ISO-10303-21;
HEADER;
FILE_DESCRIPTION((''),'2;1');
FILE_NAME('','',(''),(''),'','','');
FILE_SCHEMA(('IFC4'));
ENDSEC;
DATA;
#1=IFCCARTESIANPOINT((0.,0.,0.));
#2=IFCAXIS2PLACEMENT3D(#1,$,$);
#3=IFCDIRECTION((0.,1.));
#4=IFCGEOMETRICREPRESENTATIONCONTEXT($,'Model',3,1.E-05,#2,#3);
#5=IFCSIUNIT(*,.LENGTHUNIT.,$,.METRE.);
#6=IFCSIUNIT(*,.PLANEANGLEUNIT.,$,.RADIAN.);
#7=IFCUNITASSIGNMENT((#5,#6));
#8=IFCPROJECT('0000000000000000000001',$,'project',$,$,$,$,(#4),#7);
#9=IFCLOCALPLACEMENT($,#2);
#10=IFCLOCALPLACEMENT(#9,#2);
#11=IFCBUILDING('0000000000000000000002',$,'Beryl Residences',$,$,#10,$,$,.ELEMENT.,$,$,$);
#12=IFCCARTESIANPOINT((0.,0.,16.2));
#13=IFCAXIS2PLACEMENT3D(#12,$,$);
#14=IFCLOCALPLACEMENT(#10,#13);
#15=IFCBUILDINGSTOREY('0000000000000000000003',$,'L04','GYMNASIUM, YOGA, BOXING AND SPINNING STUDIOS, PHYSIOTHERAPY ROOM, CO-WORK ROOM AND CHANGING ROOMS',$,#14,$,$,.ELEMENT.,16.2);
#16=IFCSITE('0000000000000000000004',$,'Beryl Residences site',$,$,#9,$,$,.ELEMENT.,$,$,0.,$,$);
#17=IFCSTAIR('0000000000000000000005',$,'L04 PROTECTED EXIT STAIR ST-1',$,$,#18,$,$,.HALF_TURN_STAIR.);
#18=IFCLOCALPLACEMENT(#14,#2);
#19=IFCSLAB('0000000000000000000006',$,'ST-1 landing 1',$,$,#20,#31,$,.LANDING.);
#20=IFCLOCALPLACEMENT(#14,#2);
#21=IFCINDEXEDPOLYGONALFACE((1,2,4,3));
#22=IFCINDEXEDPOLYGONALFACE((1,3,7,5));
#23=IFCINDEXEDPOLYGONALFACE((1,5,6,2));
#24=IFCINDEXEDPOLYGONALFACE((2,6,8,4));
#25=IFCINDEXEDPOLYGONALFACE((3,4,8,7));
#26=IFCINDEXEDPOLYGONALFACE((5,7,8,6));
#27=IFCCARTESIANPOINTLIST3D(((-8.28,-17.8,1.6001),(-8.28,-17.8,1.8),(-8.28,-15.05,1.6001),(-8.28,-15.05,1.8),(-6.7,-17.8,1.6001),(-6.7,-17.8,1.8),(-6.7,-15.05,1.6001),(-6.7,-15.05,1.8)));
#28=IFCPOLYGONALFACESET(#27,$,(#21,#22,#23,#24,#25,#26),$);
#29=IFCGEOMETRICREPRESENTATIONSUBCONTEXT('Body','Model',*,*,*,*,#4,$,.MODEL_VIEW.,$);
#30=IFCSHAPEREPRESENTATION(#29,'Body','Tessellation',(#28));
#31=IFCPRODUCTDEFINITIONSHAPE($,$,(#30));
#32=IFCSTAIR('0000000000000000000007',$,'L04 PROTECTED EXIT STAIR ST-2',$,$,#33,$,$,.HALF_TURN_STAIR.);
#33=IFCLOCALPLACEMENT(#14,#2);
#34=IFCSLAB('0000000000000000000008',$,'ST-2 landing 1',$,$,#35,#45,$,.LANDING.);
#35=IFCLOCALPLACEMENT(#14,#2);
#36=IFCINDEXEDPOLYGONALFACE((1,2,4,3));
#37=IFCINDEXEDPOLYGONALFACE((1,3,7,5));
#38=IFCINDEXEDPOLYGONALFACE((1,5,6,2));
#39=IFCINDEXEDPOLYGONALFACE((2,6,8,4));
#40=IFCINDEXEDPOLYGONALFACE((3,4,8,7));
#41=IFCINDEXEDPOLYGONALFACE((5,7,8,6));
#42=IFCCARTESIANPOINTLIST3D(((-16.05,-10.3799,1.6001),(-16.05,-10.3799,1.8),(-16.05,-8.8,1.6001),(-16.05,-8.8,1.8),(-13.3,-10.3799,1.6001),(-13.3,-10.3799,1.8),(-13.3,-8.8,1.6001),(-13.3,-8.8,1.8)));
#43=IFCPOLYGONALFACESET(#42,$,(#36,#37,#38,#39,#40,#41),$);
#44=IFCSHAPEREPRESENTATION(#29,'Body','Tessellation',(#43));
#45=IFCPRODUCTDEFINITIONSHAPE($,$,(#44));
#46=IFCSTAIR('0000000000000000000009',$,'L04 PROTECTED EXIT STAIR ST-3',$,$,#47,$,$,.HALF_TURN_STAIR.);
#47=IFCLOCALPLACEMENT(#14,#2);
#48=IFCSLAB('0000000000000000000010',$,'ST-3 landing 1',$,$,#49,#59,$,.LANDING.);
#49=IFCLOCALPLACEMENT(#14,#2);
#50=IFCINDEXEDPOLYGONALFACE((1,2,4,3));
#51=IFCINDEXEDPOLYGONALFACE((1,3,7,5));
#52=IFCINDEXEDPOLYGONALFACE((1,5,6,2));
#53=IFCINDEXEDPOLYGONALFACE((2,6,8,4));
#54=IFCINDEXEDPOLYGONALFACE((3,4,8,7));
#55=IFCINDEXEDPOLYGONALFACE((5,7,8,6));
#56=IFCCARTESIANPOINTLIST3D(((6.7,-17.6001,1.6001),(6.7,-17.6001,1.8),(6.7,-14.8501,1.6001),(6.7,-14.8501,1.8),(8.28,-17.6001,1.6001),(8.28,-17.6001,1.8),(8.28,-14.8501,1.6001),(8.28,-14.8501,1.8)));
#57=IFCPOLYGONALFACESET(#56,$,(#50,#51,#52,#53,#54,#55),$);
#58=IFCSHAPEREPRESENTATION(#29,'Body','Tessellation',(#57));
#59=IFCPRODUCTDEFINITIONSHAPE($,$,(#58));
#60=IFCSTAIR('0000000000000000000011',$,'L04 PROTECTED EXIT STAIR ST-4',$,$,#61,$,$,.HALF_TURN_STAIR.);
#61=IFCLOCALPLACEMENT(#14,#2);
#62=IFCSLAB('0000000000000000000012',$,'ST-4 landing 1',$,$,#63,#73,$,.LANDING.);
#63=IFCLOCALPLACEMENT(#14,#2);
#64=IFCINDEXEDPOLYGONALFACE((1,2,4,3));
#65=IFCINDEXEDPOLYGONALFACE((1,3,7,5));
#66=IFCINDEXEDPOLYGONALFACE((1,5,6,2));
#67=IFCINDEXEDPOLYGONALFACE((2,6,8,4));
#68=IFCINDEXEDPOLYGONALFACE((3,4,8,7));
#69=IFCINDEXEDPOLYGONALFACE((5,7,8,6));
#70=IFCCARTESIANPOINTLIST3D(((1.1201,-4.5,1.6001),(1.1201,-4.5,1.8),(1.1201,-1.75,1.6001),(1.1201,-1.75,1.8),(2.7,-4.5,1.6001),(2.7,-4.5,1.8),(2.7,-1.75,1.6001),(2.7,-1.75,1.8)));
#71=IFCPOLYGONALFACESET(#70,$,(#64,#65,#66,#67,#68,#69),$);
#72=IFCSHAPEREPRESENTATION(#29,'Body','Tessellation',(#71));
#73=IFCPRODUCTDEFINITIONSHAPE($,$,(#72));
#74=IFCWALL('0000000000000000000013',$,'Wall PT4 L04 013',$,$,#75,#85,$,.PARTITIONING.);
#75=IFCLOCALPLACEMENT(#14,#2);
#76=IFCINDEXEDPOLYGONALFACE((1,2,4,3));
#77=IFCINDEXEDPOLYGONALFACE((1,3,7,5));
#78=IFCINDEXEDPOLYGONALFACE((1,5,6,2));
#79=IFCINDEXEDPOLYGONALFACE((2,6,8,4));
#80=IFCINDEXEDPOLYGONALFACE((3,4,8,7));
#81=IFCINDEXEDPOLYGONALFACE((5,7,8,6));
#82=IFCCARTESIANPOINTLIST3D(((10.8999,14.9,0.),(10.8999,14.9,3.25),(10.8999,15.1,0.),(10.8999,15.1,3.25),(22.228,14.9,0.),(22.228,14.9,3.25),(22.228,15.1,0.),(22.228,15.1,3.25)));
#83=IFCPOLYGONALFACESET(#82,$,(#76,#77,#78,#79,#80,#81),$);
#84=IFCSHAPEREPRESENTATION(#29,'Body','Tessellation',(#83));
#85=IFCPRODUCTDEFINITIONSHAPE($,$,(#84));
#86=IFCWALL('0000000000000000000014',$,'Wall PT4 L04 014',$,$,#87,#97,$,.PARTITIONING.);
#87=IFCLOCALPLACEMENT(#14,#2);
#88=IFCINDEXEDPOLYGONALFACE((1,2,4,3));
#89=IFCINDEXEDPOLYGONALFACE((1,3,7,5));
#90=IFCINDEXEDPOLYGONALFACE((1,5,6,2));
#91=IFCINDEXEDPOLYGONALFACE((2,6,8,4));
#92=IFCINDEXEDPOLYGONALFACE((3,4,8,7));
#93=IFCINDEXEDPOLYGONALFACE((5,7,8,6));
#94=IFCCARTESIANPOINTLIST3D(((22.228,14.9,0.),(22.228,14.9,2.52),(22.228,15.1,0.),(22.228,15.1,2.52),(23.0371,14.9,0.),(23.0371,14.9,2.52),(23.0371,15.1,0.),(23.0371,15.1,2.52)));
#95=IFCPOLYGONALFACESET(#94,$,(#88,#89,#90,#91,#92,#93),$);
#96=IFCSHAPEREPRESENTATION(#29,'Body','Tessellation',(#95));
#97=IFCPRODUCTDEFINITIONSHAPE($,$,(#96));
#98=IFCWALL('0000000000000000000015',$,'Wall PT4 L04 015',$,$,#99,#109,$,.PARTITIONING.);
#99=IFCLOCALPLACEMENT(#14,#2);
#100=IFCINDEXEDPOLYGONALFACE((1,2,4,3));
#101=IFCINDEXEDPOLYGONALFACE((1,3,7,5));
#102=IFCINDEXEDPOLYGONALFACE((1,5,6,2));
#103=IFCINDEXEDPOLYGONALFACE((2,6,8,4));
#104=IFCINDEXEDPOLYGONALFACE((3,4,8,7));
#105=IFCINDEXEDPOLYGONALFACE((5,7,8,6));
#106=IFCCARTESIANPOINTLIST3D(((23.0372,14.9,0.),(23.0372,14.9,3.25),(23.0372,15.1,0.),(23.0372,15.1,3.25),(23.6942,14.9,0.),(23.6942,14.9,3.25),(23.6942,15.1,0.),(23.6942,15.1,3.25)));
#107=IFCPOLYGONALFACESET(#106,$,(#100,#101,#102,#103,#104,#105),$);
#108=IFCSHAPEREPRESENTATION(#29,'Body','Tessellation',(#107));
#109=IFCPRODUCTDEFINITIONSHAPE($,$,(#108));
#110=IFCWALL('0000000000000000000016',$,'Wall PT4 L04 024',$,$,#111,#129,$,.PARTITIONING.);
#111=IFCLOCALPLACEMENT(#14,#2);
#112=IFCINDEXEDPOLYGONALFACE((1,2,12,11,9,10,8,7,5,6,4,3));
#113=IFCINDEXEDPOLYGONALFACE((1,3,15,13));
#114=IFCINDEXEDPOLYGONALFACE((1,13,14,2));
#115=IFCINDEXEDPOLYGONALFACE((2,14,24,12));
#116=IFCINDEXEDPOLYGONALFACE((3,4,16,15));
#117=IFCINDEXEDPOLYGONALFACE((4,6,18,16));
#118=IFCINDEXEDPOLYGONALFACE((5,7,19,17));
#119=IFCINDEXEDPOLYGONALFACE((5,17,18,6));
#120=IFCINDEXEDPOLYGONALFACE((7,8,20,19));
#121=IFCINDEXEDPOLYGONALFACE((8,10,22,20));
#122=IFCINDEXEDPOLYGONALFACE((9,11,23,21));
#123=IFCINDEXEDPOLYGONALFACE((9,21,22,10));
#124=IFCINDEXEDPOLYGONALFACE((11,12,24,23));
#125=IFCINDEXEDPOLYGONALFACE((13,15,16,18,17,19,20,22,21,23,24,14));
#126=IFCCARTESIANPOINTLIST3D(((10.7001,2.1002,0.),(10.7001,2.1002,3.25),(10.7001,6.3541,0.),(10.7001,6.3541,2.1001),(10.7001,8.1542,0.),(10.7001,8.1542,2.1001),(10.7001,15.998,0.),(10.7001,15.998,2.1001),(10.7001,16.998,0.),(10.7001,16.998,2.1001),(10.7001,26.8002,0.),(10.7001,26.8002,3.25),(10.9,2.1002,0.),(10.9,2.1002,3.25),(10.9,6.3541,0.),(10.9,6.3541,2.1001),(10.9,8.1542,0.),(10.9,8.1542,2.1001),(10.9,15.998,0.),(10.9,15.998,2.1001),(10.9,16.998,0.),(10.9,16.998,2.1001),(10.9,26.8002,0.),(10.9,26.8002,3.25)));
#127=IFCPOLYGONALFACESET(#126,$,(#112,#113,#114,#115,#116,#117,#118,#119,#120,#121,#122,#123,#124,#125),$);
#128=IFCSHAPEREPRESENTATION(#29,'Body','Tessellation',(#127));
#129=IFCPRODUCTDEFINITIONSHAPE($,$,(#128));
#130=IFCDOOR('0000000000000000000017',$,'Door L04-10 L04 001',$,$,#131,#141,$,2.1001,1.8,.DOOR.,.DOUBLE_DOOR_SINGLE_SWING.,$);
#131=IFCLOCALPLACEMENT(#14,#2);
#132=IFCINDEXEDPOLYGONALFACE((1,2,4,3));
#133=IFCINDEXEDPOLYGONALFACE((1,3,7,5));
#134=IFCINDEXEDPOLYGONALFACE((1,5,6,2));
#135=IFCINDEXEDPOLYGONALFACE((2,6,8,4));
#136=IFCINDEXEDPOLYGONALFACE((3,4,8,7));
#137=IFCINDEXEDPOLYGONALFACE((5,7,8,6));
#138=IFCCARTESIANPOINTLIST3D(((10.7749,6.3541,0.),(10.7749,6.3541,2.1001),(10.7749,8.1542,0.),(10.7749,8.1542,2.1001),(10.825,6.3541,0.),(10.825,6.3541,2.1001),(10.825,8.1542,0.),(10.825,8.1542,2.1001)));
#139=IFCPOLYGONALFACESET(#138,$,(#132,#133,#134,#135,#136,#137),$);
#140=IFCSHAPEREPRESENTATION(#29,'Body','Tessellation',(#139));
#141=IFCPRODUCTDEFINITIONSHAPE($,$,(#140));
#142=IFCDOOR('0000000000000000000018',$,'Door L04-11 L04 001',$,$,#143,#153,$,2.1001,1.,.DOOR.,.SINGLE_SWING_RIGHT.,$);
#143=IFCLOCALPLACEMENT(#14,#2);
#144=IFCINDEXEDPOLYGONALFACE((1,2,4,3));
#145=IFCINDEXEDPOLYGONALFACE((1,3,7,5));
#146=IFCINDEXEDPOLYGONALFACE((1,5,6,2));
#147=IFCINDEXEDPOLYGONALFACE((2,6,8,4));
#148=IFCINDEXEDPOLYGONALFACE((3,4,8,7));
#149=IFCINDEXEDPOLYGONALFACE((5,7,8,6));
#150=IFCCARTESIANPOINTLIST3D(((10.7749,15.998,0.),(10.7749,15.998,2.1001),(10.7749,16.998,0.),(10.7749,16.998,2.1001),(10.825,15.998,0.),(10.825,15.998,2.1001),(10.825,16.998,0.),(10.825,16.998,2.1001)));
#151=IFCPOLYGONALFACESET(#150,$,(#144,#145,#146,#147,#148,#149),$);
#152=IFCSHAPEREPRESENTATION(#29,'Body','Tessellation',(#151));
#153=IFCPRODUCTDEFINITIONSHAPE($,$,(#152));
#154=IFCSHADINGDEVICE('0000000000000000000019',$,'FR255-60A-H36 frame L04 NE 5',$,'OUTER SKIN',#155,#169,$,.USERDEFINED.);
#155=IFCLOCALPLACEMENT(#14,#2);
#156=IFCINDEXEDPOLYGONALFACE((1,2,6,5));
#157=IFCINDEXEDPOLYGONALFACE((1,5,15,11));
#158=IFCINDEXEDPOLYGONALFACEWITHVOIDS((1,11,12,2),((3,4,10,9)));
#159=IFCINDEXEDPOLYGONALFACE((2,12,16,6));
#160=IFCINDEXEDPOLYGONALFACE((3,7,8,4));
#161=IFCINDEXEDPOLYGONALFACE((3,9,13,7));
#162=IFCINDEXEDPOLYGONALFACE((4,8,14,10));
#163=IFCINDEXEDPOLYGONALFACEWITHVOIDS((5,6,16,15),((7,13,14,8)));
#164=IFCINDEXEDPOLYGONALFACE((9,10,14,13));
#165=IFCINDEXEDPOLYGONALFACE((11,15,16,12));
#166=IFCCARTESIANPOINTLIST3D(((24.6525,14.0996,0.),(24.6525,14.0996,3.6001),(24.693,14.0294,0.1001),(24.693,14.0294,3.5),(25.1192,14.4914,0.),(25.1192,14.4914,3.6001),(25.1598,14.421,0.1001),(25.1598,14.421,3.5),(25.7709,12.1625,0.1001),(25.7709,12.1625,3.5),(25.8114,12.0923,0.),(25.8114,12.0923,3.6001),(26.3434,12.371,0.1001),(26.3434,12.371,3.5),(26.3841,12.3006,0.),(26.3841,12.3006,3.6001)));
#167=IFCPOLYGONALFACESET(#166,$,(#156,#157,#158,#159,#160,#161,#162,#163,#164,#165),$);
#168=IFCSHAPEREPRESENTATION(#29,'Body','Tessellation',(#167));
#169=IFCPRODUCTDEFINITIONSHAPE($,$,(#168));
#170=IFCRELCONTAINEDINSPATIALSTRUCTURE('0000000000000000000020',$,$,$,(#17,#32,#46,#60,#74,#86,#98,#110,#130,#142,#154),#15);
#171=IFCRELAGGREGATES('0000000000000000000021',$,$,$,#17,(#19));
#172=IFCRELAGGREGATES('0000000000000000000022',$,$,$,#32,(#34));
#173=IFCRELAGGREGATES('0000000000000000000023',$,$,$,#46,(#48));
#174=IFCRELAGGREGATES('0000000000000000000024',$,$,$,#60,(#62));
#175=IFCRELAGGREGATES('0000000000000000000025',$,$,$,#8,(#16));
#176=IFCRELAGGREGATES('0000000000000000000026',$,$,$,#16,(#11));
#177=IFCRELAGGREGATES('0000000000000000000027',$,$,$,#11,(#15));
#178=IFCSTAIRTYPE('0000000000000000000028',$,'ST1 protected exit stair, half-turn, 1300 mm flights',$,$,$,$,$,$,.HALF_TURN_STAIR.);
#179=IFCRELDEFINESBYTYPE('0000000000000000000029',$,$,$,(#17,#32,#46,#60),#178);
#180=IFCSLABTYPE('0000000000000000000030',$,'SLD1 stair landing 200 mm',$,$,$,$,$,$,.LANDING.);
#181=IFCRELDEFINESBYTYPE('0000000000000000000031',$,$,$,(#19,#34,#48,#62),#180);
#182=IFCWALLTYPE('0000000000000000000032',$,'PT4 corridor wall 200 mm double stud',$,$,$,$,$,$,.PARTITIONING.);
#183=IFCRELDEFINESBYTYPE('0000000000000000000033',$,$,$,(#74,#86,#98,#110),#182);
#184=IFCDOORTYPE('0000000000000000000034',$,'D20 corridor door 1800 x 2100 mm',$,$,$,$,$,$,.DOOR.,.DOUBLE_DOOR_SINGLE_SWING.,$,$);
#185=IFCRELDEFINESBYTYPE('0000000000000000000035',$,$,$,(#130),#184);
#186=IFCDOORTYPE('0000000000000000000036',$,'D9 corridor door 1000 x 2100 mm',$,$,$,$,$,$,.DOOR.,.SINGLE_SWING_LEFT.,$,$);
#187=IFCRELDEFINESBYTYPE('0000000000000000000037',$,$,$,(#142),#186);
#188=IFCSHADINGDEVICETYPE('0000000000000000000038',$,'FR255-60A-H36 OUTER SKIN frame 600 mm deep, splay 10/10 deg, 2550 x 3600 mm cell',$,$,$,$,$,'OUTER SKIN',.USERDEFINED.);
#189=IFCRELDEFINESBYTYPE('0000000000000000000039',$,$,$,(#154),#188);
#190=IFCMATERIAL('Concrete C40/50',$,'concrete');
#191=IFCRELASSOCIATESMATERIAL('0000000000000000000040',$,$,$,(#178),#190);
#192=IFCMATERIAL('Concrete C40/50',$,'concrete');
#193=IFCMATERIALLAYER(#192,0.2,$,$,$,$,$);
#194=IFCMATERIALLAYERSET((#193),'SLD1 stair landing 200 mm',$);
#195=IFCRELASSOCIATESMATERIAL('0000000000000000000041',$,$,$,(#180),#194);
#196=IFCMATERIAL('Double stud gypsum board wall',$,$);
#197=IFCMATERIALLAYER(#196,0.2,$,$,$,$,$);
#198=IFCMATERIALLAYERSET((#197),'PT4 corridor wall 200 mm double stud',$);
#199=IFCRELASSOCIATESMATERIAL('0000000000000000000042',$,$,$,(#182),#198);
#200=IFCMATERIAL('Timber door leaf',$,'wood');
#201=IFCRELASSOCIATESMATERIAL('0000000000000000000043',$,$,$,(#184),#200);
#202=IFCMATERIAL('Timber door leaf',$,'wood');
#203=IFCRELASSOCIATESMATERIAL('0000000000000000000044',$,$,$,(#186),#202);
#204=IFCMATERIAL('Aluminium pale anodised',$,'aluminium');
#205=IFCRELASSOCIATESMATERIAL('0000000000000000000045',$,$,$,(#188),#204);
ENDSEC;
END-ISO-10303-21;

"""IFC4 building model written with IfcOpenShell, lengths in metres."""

from ifc_helpers import new_model, entity, si_unit, direction, frame, frame_2d, origin, place, context, subcontext, project, spatial, polyline, rectangle, outline, extrude, source, transform, mapped, material, layer, layer_set, type_object, type_shapes, element, fill, aggregate, save


model = new_model("IFC4")

# Units and contexts
model_context = context("Model", 3, precision=1e-05, world=origin(), true_north=direction((0.0, 1.0)))
body_context = subcontext(model_context, "Body", "Model", "MODEL_VIEW")
ifc_project = project(units=[si_unit("LENGTHUNIT", "METRE"), si_unit("PLANEANGLEUNIT", "RADIAN")], contexts=[model_context])

# Site, building, storey
site_placement = place(None, origin())
site = spatial("IfcSite", under=ifc_project, at=site_placement, Name="Beryl Residences site", CompositionType="ELEMENT", RefElevation=0.0)
building_placement = place(site_placement, origin())
building = spatial("IfcBuilding", under=site, at=building_placement, Name="Beryl Residences", CompositionType="ELEMENT")
storey_placement = place(building_placement, frame((0.0, 0.0, 16.2)))
storey = spatial("IfcBuildingStorey", under=building, at=storey_placement, Name="L04", Description="GYMNASIUM, YOGA, BOXING AND SPINNING STUDIOS, PHYSIOTHERAPY ROOM, CO-WORK ROOM AND CHANGING ROOMS", CompositionType="ELEMENT", Elevation=16.2)

# Stairs, slabs
ifc_material_1 = material(Name="Concrete C40/50", Category="concrete")
stair_type = type_object("IfcStairType", Name="ST1 protected exit stair, half-turn, 1300 mm flights", PredefinedType="HALF_TURN_STAIR", material=ifc_material_1)
ifc_material_2 = material(Name="Concrete C40/50", Category="concrete")
ifc_layer_1 = layer(ifc_material_2, 0.2)
ifc_layer_set_1 = layer_set([ifc_layer_1], Name="SLD1 stair landing 200 mm")
slab_type_1 = type_object("IfcSlabType", Name="SLD1 stair landing 200 mm", PredefinedType="LANDING", material=ifc_layer_set_1)
stair_1_placement = place(storey_placement, origin())
stair_1 = element("IfcStair", 1, at=stair_1_placement, inside=storey, type_object=stair_type, Name="L04 PROTECTED EXIT STAIR ST-1", PredefinedType="HALF_TURN_STAIR")
slab_1_placement = place(storey_placement, frame((0.0, 0.0, 1.6001)))
slab_1 = element("IfcSlab", 2, at=slab_1_placement, type_object=slab_type_1, Name="ST-1 landing 1", PredefinedType="LANDING", context=body_context, shape_type="SweptSolid", body=[
    extrude(outline(polyline([(-8.28, -17.8), (-6.7, -17.8), (-6.7, -15.05), (-8.28, -15.05), (-8.28, -17.8)])), origin(), (0.0, 0.0, 1.0), 0.2),
])
aggregate(stair_1, [slab_1])
stair_2_placement = place(storey_placement, origin())
stair_2 = element("IfcStair", 3, at=stair_2_placement, inside=storey, type_object=stair_type, Name="L04 PROTECTED EXIT STAIR ST-2", PredefinedType="HALF_TURN_STAIR")
slab_2_placement = place(storey_placement, frame((0.0, 0.0, 1.6001)))
slab_2 = element("IfcSlab", 4, at=slab_2_placement, type_object=slab_type_1, Name="ST-2 landing 1", PredefinedType="LANDING", context=body_context, shape_type="SweptSolid", body=[
    extrude(outline(polyline([(-13.3, -10.3799), (-13.3, -8.8), (-16.05, -8.8), (-16.05, -10.3799), (-13.3, -10.3799)])), origin(), (0.0, 0.0, 1.0), 0.2),
])
aggregate(stair_2, [slab_2])
stair_3_placement = place(storey_placement, origin())
stair_3 = element("IfcStair", 5, at=stair_3_placement, inside=storey, type_object=stair_type, Name="L04 PROTECTED EXIT STAIR ST-3", PredefinedType="HALF_TURN_STAIR")
slab_3_placement = place(storey_placement, frame((0.0, 0.0, 1.6001)))
slab_3 = element("IfcSlab", 6, at=slab_3_placement, type_object=slab_type_1, Name="ST-3 landing 1", PredefinedType="LANDING", context=body_context, shape_type="SweptSolid", body=[
    extrude(outline(polyline([(8.28, -14.8501), (6.7, -14.8501), (6.7, -17.6001), (8.28, -17.6001), (8.28, -14.8501)])), origin(), (0.0, 0.0, 1.0), 0.2),
])
aggregate(stair_3, [slab_3])
stair_4_placement = place(storey_placement, origin())
stair_4 = element("IfcStair", 7, at=stair_4_placement, inside=storey, type_object=stair_type, Name="L04 PROTECTED EXIT STAIR ST-4", PredefinedType="HALF_TURN_STAIR")
slab_4_placement = place(storey_placement, frame((0.0, 0.0, 1.6001)))
slab_4 = element("IfcSlab", 8, at=slab_4_placement, type_object=slab_type_1, Name="ST-4 landing 1", PredefinedType="LANDING", context=body_context, shape_type="SweptSolid", body=[
    extrude(outline(polyline([(1.1201, -4.5), (2.7, -4.5), (2.7, -1.75), (1.1201, -1.75), (1.1201, -4.5)])), origin(), (0.0, 0.0, 1.0), 0.2),
])
aggregate(stair_4, [slab_4])

# Walls
ifc_material_3 = material(Name="Double stud gypsum board wall")
ifc_layer_2 = layer(ifc_material_3, 0.2)
ifc_layer_set_2 = layer_set([ifc_layer_2], Name="PT4 corridor wall 200 mm double stud")
wall_type = type_object("IfcWallType", Name="PT4 corridor wall 200 mm double stud", PredefinedType="PARTITIONING", material=ifc_layer_set_2)
wall_1_placement = place(storey_placement, frame((10.8999, 15.0, 0.0), z_axis=(0.0, 0.0, 1.0), x_axis=(1.0, 0.0, 0.0)))
element("IfcWall", 9, at=wall_1_placement, inside=storey, type_object=wall_type, Name="Wall PT4 L04 013", PredefinedType="PARTITIONING", context=body_context, shape_type="SweptSolid", body=[
    extrude(rectangle(XDim=11.3281, YDim=0.2, at=frame_2d((5.6641, 0.0))), origin(), (0.0, 0.0, 1.0), 3.25),
])
wall_2_placement = place(storey_placement, frame((22.228, 15.0, 0.0), z_axis=(0.0, 0.0, 1.0), x_axis=(1.0, 0.0, 0.0)))
element("IfcWall", 10, at=wall_2_placement, inside=storey, type_object=wall_type, Name="Wall PT4 L04 014", PredefinedType="PARTITIONING", context=body_context, shape_type="SweptSolid", body=[
    extrude(rectangle(XDim=0.8091, YDim=0.2, at=frame_2d((0.4045, 0.0))), origin(), (0.0, 0.0, 1.0), 2.52),
])
wall_3_placement = place(storey_placement, frame((23.0371, 15.0, 0.0), z_axis=(0.0, 0.0, 1.0), x_axis=(1.0, 0.0, 0.0)))
element("IfcWall", 11, at=wall_3_placement, inside=storey, type_object=wall_type, Name="Wall PT4 L04 015", PredefinedType="PARTITIONING", context=body_context, shape_type="SweptSolid", body=[
    extrude(rectangle(XDim=0.657, YDim=0.2, at=frame_2d((0.3286, 0.0))), origin(), (0.0, 0.0, 1.0), 3.25),
])

# Wall, openings, doors
wall_4_placement = place(storey_placement, frame((10.8, 2.1001, 0.0), z_axis=(0.0, 0.0, 1.0), x_axis=(0.0, 1.0, 0.0)))
wall_4 = element("IfcWall", 12, at=wall_4_placement, inside=storey, type_object=wall_type, Name="Wall PT4 L04 024", PredefinedType="PARTITIONING", context=body_context, shape_type="SweptSolid", body=[
    extrude(rectangle(XDim=24.7, YDim=0.2, at=frame_2d((12.3501, 0.0))), origin(), (0.0, 0.0, 1.0), 3.25),
])
opening_1_placement = place(wall_4_placement, frame((6.054, 0.0, 0.0), z_axis=(0.0, 0.0, 1.0), x_axis=(-1.0, 0.0, 0.0)))
opening_1 = element("IfcOpeningElement", 13, at=opening_1_placement, cuts=wall_4, PredefinedType="OPENING", context=body_context, shape_type="SweptSolid", body=[
    extrude(rectangle(XDim=1.8, YDim=2.1001, at=frame_2d((0.8999, 1.05))), frame((0.0, 0.1099, 0.0), z_axis=(0.0, -1.0, 0.0), x_axis=(1.0, 0.0, 0.0)), (0.0, 0.0, 1.0), 0.22),
])
opening_2_placement = place(wall_4_placement, frame((14.8979, 0.0, 0.0), z_axis=(0.0, 0.0, 1.0), x_axis=(-1.0, 0.0, 0.0)))
opening_2 = element("IfcOpeningElement", 14, at=opening_2_placement, cuts=wall_4, PredefinedType="OPENING", context=body_context, shape_type="SweptSolid", body=[
    extrude(rectangle(XDim=1.0, YDim=2.1001, at=frame_2d((0.5, 1.05))), frame((0.0, 0.1099, 0.0), z_axis=(0.0, -1.0, 0.0), x_axis=(1.0, 0.0, 0.0)), (0.0, 0.0, 1.0), 0.22),
])
ifc_material_4 = material(Name="Timber door leaf", Category="wood")
door_type_1 = type_object("IfcDoorType", Name="D20 corridor door 1800 x 2100 mm", OperationType="DOUBLE_DOOR_SINGLE_SWING", PredefinedType="DOOR", material=ifc_material_4)
door_1_placement = place(opening_1_placement, origin())
door_1 = element("IfcDoor", 15, at=door_1_placement, inside=storey, type_object=door_type_1, Name="Door L04-10 L04 001", OperationType="DOUBLE_DOOR_SINGLE_SWING", OverallHeight=2.1001, OverallWidth=1.8, PredefinedType="DOOR", context=body_context, shape_type="SweptSolid", body=[
    extrude(rectangle(XDim=1.8, YDim=2.1001, at=frame_2d((0.8999, 1.05))), frame((0.0, 0.0249, 0.0), z_axis=(0.0, -1.0, 0.0), x_axis=(1.0, 0.0, 0.0)), (0.0, 0.0, 1.0), 0.05),
])
fill(opening_1, door_1)
ifc_material_5 = material(Name="Timber door leaf", Category="wood")
door_type_2 = type_object("IfcDoorType", Name="D9 corridor door 1000 x 2100 mm", OperationType="SINGLE_SWING_LEFT", PredefinedType="DOOR", material=ifc_material_5)
door_2_placement = place(opening_2_placement, origin())
door_2 = element("IfcDoor", 16, at=door_2_placement, inside=storey, type_object=door_type_2, Name="Door L04-11 L04 001", OperationType="SINGLE_SWING_RIGHT", OverallHeight=2.1001, OverallWidth=1.0, PredefinedType="DOOR", context=body_context, shape_type="SweptSolid", body=[
    extrude(rectangle(XDim=1.0, YDim=2.1001, at=frame_2d((0.5, 1.05))), frame((0.0, 0.0249, 0.0), z_axis=(0.0, -1.0, 0.0), x_axis=(1.0, 0.0, 0.0)), (0.0, 0.0, 1.0), 0.05),
])
fill(opening_2, door_2)

# Shading device
ifc_material_6 = material(Name="Aluminium pale anodised", Category="aluminium")
shading_device_type = type_object("IfcShadingDeviceType", Name="FR255-60A-H36 OUTER SKIN frame 600 mm deep, splay 10/10 deg, 2550 x 3600 mm cell", ElementType="OUTER SKIN", PredefinedType="USERDEFINED", material=ifc_material_6)
cartesian_point_1 = entity("IfcCartesianPoint", [-1.1589, 0.0])
cartesian_point_2 = entity("IfcCartesianPoint", [-1.0779, 0.1001])
cartesian_point_3 = entity("IfcCartesianPoint", [-1.2649, 0.0])
cartesian_point_4 = entity("IfcCartesianPoint", [-1.1836, 0.1001])
shared_shape_1 = source(origin(), body_context, "Body", "SweptSolid", [
    entity("IfcExtrudedAreaSolidTapered", entity("IfcArbitraryProfileDefWithVoids", "AREA", None, entity("IfcPolyline", [cartesian_point_1, entity("IfcCartesianPoint", [1.1589, 0.0]), entity("IfcCartesianPoint", [1.1589, 3.6001]), entity("IfcCartesianPoint", [-1.1589, 3.6001]), cartesian_point_1]), [entity("IfcPolyline", [cartesian_point_2, entity("IfcCartesianPoint", [1.0779, 0.1001]), entity("IfcCartesianPoint", [1.0779, 3.5]), entity("IfcCartesianPoint", [-1.0779, 3.5]), cartesian_point_2])]), entity("IfcAxis2Placement3D", entity("IfcCartesianPoint", [0.0, 0.0, 0.0]), entity("IfcDirection", [0.0, 1.0, 0.0]), entity("IfcDirection", [-1.0, 0.0, 0.0])), entity("IfcDirection", [0.0, 0.0, 1.0]), 0.6001, entity("IfcArbitraryProfileDefWithVoids", "AREA", None, entity("IfcPolyline", [cartesian_point_3, entity("IfcCartesianPoint", [1.2649, 0.0]), entity("IfcCartesianPoint", [1.2649, 3.6001]), entity("IfcCartesianPoint", [-1.2649, 3.6001]), cartesian_point_3]), [entity("IfcPolyline", [cartesian_point_4, entity("IfcCartesianPoint", [1.1836, 0.1001]), entity("IfcCartesianPoint", [1.1836, 3.5]), entity("IfcCartesianPoint", [-1.1836, 3.5]), cartesian_point_4])])),
])
type_shapes(shading_device_type, [shared_shape_1])
for number, where, z_axis, x_axis, name in (
    (17, (25.2319, 13.0959, 0.0), (0.0, 0.0, 1.0), (0.5, -0.866025, 0.0), "FR255-60A-H36 frame L04 NE 5"),
):
    element("IfcShadingDevice", number, at=place(storey_placement, frame(where, z_axis=z_axis, x_axis=x_axis)), inside=storey, type_object=shading_device_type, Name=name, ObjectType="OUTER SKIN", PredefinedType="USERDEFINED", context=body_context, shape_type="MappedRepresentation", body=[
        mapped(shared_shape_1, transform((0.0, 0.0, 0.0))),
    ])

save(model, "model.ifc")
